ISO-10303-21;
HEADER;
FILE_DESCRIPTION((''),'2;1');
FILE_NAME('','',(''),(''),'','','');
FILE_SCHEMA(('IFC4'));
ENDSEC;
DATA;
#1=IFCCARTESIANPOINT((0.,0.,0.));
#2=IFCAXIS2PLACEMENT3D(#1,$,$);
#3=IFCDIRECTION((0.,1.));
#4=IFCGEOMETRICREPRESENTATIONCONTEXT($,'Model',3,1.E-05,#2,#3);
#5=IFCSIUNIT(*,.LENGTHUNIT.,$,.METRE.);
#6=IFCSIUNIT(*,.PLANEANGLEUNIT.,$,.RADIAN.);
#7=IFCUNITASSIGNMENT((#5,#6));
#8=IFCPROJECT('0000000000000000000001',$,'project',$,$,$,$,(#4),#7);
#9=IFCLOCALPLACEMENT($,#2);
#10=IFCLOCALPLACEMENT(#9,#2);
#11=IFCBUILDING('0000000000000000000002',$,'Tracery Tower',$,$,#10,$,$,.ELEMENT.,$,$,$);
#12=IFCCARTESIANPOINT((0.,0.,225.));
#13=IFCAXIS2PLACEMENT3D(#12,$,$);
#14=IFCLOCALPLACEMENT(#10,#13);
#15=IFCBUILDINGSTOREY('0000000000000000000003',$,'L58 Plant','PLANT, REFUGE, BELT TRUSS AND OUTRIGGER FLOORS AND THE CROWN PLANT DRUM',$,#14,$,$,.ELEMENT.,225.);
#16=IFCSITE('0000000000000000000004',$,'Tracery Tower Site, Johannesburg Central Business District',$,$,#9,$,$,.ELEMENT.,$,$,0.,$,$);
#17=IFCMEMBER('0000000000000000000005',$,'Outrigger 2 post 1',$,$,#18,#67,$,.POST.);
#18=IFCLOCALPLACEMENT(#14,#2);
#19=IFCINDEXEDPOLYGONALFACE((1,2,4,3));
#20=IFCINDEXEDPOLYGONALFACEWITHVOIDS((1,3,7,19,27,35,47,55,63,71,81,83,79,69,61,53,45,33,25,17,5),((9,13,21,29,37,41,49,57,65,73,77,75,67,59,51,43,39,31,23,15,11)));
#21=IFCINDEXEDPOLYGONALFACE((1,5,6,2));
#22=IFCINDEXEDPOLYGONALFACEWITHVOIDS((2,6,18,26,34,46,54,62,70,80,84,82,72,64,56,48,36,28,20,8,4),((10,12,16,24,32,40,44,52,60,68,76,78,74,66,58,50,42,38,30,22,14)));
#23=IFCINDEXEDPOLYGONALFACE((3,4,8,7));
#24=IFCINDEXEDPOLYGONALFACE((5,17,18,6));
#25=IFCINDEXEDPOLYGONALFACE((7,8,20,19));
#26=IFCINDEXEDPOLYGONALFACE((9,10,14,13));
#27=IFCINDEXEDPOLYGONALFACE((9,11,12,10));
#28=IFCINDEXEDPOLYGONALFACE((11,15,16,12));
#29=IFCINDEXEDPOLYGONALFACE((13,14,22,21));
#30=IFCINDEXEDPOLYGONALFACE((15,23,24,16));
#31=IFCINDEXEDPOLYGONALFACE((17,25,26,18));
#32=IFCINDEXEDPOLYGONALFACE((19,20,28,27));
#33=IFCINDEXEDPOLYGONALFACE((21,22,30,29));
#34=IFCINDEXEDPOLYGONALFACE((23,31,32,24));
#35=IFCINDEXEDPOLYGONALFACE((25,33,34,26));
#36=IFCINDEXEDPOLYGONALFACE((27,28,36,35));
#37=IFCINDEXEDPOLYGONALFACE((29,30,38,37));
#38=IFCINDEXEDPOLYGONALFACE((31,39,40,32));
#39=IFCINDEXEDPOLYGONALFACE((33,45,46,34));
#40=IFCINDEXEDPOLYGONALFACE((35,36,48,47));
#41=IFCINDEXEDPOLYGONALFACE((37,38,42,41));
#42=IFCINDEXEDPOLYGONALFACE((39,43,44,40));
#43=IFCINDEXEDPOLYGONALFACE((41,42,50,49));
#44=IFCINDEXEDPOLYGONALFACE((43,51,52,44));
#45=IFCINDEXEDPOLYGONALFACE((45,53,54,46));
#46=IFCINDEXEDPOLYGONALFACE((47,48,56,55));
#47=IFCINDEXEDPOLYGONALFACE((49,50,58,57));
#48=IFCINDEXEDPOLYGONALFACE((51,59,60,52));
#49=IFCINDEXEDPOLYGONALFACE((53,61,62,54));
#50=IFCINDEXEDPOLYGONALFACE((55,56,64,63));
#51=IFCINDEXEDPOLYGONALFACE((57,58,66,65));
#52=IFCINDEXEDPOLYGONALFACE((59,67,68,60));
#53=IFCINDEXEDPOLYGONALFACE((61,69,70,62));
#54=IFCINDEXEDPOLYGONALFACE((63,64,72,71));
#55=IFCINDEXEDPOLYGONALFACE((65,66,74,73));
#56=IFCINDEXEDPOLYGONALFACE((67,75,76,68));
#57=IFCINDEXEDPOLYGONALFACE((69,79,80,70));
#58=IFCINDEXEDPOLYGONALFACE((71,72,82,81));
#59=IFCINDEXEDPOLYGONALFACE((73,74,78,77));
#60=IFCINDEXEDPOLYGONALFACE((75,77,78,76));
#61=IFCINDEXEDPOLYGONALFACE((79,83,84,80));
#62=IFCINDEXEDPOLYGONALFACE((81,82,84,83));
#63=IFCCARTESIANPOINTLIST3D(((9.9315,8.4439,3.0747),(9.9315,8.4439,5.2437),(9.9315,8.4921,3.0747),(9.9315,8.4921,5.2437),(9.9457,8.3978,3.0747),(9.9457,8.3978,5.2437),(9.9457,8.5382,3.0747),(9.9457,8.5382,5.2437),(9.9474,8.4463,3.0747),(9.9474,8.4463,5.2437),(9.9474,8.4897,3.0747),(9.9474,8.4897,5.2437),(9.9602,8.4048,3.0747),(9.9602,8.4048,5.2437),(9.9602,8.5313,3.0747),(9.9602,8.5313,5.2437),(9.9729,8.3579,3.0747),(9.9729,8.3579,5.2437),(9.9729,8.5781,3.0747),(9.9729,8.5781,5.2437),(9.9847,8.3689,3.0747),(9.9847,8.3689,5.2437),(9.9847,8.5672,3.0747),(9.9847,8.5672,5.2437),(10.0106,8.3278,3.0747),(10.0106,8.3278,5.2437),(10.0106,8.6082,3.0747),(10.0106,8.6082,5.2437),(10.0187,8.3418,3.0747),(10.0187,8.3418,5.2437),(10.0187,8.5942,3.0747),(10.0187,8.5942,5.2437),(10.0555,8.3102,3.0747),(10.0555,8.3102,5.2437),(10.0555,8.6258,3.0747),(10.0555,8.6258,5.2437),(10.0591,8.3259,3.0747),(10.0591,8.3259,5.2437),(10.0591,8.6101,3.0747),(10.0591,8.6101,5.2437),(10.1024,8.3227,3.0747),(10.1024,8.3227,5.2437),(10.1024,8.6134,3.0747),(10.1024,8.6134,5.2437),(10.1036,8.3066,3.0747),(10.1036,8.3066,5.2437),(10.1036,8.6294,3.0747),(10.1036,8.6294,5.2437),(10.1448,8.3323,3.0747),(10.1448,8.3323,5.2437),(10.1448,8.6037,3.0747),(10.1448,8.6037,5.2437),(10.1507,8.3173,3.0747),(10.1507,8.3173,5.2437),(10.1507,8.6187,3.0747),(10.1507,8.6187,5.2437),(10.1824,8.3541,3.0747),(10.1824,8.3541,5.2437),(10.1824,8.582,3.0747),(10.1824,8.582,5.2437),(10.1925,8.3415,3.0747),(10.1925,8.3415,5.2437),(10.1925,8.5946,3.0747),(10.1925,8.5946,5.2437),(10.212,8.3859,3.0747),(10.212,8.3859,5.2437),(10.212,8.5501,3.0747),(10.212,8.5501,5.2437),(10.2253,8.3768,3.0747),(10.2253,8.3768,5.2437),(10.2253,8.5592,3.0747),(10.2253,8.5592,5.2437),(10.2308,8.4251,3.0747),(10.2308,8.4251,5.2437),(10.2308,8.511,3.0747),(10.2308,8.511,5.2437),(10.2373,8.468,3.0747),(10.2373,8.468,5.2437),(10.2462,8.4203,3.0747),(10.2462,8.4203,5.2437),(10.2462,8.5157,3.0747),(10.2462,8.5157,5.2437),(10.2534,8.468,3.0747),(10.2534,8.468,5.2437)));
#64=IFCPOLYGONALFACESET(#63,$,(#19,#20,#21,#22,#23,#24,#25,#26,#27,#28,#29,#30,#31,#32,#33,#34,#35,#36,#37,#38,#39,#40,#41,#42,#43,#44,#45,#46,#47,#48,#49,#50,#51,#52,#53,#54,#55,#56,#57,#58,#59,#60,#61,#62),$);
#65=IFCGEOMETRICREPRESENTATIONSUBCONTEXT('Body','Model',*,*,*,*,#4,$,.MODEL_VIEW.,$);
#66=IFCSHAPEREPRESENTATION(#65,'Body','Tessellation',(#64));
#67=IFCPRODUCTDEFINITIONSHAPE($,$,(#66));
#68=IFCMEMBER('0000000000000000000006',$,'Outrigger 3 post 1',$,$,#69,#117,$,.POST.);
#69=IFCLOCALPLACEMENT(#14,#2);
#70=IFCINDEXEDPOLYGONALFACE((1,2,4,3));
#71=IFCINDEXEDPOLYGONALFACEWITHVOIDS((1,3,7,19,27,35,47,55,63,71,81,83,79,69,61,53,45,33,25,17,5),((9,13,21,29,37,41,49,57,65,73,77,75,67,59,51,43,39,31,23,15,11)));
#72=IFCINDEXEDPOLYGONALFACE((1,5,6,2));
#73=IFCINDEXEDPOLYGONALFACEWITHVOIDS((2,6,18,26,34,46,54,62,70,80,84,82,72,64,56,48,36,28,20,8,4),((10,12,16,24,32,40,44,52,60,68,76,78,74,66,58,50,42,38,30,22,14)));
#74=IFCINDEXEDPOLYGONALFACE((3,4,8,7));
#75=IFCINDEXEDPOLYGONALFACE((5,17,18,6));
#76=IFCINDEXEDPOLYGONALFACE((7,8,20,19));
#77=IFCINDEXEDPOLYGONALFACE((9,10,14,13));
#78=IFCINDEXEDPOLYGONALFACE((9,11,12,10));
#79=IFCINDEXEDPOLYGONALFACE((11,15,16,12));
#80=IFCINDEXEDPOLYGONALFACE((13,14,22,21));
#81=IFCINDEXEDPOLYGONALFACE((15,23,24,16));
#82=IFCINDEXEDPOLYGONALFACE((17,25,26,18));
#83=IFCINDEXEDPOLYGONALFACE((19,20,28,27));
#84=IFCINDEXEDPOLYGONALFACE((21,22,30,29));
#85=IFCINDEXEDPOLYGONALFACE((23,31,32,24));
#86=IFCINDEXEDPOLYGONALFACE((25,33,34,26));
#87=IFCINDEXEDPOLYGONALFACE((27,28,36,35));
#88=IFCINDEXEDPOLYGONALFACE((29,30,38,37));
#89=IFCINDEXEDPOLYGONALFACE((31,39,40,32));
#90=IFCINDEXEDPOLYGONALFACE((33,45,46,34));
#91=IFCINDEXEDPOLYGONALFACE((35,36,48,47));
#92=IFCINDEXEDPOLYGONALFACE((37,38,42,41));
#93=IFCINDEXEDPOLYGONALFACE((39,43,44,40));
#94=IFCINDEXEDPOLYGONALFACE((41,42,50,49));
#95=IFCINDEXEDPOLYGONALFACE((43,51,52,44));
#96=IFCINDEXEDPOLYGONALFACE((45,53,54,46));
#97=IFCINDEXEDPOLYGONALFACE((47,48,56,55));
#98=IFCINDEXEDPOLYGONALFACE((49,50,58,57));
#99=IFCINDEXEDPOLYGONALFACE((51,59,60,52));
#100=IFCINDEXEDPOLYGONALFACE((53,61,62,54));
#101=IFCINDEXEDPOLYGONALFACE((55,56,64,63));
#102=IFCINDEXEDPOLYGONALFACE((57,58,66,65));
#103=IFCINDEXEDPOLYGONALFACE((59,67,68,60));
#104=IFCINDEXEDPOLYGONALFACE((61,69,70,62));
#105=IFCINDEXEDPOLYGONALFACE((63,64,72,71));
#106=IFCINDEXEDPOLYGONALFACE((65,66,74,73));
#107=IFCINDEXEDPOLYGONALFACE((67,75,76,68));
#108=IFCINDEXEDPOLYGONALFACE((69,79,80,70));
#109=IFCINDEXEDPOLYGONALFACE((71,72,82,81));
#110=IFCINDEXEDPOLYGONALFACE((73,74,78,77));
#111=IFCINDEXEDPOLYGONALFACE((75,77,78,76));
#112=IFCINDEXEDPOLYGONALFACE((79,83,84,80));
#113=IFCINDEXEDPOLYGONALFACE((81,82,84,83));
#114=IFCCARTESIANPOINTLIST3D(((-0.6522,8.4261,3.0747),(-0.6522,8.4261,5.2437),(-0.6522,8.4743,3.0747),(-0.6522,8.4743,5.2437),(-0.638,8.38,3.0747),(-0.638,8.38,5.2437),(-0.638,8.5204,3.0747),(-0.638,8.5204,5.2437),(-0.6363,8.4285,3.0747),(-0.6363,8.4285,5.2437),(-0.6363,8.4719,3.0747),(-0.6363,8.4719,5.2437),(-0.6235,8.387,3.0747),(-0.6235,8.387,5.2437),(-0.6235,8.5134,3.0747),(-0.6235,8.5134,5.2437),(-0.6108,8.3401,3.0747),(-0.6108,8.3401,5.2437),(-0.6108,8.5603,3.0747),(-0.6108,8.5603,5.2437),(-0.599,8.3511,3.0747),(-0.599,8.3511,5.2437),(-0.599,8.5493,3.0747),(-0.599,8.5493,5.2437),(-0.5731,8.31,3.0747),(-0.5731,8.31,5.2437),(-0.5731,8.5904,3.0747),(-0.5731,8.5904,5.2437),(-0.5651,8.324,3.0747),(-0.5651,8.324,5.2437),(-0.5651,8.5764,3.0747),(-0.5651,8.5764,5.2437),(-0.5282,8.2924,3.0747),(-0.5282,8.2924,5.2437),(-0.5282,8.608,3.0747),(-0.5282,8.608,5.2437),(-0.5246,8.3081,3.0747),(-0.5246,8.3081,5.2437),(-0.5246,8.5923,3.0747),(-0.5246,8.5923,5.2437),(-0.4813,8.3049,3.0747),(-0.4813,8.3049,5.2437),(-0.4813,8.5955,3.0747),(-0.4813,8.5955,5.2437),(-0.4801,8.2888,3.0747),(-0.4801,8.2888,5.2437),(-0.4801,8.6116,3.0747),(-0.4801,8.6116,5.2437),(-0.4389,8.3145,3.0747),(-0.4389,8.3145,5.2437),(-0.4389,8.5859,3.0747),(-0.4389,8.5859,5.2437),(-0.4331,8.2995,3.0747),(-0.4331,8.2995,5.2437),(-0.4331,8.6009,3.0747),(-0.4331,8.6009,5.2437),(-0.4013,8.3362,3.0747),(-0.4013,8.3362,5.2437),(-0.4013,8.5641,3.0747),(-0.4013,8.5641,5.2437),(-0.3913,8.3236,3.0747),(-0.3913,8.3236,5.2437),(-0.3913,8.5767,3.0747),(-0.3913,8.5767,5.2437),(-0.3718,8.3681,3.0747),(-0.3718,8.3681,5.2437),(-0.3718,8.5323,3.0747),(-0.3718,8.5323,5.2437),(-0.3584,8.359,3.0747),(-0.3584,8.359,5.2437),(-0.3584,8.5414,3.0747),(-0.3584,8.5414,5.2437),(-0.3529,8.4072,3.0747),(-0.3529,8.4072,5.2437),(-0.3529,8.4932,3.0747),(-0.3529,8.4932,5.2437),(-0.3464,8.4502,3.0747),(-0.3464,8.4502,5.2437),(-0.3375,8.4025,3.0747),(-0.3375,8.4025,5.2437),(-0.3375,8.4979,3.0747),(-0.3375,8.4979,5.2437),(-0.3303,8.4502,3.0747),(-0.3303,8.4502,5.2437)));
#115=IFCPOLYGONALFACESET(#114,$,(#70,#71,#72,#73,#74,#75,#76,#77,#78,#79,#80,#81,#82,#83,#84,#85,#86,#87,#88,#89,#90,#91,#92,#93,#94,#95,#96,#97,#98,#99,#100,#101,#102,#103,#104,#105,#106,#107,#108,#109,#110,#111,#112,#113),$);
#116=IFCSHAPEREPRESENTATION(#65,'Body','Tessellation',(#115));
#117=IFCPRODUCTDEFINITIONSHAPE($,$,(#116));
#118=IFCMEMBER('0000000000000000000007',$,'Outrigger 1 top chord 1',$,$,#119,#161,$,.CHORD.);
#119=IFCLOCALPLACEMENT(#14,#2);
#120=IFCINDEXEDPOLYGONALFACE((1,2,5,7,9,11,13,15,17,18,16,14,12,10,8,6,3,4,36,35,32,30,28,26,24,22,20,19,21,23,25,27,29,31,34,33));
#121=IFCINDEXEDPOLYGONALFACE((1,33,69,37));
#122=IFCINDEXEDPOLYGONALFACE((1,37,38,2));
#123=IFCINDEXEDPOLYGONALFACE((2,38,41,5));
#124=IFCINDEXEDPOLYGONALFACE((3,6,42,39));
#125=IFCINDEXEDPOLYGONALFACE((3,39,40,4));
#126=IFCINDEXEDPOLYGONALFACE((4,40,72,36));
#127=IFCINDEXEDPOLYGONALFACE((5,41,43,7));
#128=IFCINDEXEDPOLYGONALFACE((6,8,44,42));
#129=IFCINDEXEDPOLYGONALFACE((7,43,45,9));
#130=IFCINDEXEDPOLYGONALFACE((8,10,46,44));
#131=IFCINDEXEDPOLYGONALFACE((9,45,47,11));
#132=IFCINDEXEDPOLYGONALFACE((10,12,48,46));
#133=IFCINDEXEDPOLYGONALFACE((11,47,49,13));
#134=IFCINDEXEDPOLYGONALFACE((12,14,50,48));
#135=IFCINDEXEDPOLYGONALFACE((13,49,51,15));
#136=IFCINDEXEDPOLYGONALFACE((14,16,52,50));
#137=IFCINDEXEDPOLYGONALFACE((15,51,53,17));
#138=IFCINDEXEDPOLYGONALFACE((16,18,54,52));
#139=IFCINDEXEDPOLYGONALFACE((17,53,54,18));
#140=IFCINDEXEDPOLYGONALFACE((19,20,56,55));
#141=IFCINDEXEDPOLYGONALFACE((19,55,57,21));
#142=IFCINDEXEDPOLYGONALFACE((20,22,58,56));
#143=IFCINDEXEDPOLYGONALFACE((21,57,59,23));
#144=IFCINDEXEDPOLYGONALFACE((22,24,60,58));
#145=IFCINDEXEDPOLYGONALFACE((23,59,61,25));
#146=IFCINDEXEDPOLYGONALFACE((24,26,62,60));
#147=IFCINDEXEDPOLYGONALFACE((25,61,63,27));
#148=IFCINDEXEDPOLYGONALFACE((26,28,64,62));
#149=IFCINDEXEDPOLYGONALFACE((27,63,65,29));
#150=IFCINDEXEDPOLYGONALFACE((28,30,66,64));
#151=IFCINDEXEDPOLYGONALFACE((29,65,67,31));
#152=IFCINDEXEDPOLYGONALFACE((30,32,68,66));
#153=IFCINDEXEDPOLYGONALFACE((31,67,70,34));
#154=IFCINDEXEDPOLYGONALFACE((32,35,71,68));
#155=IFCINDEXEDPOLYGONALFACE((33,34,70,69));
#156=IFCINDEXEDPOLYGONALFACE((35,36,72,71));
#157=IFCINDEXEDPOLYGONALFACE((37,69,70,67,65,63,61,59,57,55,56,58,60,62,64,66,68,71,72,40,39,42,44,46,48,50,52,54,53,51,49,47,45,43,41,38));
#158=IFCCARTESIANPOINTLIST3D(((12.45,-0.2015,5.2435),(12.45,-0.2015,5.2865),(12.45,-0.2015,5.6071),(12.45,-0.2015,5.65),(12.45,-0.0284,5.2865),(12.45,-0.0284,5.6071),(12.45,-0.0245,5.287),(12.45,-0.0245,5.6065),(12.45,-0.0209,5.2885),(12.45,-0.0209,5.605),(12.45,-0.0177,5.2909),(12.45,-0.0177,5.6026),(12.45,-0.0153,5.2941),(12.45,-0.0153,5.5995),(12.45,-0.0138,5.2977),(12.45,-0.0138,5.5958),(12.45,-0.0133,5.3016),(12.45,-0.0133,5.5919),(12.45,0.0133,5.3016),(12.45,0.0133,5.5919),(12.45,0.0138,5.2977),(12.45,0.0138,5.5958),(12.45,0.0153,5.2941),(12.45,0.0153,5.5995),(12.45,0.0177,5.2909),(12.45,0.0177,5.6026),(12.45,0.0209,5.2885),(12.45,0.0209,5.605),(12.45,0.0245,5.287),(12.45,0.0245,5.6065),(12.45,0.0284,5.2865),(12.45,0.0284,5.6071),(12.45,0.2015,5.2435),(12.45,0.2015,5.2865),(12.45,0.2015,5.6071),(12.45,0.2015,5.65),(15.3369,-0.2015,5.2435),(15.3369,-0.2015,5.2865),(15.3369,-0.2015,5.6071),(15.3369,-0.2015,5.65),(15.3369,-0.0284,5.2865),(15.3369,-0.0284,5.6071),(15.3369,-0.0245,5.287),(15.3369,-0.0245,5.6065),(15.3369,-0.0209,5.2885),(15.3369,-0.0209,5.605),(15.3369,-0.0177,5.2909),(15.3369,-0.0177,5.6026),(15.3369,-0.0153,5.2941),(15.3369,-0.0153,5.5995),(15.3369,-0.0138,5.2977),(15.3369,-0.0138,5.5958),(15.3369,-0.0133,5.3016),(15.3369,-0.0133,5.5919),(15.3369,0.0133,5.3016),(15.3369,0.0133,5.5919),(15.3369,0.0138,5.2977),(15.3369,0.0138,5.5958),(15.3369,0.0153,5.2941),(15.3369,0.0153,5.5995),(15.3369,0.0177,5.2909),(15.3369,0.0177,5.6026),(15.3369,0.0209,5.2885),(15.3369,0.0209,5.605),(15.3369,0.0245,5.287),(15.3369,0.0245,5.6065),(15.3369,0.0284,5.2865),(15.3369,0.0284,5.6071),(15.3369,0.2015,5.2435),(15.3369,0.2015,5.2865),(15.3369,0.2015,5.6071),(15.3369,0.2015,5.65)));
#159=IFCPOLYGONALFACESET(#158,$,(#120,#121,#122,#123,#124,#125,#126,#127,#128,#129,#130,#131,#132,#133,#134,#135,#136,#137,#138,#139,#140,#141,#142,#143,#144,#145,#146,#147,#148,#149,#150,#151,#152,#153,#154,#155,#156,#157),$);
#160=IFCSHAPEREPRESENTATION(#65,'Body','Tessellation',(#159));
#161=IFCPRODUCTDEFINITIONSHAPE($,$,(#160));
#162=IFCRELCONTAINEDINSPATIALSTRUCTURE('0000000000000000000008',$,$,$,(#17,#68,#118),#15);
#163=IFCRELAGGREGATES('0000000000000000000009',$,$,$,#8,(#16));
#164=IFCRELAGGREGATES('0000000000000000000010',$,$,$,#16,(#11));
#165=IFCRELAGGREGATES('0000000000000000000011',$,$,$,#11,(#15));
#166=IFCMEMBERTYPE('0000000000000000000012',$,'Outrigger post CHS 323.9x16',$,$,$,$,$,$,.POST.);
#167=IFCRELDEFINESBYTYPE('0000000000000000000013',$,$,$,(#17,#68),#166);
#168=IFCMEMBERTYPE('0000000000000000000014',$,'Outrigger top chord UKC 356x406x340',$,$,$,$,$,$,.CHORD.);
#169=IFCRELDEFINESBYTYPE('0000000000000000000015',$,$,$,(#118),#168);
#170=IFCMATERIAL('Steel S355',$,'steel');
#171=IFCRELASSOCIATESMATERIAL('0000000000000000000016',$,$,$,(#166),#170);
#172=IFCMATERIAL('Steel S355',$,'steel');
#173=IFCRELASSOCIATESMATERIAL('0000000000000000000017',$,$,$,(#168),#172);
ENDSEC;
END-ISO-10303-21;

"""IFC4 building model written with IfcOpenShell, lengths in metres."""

from ifc_helpers import new_model, si_unit, direction, frame, origin, origin_2d, place, context, subcontext, project, spatial, hollow_circle, i_section, extrude, material, material_profile, profile_set, type_object, element, save


model = new_model("IFC4")

# Units and contexts
model_context = context("Model", 3, precision=1e-05, world=origin(), true_north=direction((0.0, 1.0)))
body_context = subcontext(model_context, "Body", "Model", "MODEL_VIEW")
ifc_project = project(units=[si_unit("LENGTHUNIT", "METRE"), si_unit("PLANEANGLEUNIT", "RADIAN")], contexts=[model_context])

# Site, building, storey
site_placement = place(None, origin())
site = spatial("IfcSite", under=ifc_project, at=site_placement, Name="Tracery Tower Site, Johannesburg Central Business District", CompositionType="ELEMENT", RefElevation=0.0)
building_placement = place(site_placement, origin())
building = spatial("IfcBuilding", under=site, at=building_placement, Name="Tracery Tower", CompositionType="ELEMENT")
storey_placement = place(building_placement, frame((0.0, 0.0, 225.0)))
storey = spatial("IfcBuildingStorey", under=building, at=storey_placement, Name="L58 Plant", Description="PLANT, REFUGE, BELT TRUSS AND OUTRIGGER FLOORS AND THE CROWN PLANT DRUM", CompositionType="ELEMENT", Elevation=225.0)

# Members
ifc_material_1 = material(Name="Steel S355", Category="steel")
ifc_material_profile_1 = material_profile(ifc_material_1, hollow_circle(Radius=0.1619, WallThickness=0.0161, at=origin_2d()), Name="CHS 323.9x16")
ifc_profile_set_1 = profile_set([ifc_material_profile_1], Name="Steel S355")
member_type_1 = type_object("IfcMemberType", Name="Outrigger post CHS 323.9x16", PredefinedType="POST", material=ifc_profile_set_1)
for number, where, z_axis, x_axis, name in (
    (1, (10.0916, 8.468, 3.0747), (0.0, 0.0, 1.0), (1.0, 0.0, 0.0), "Outrigger 2 post 1"),
    (2, (-0.4922, 8.4502, 3.0747), (0.0, 0.0, 1.0), (1.0, 0.0, 0.0), "Outrigger 3 post 1"),
):
    element("IfcMember", number, at=place(storey_placement, frame(where, z_axis=z_axis, x_axis=x_axis)), inside=storey, type_object=member_type_1, Name=name, PredefinedType="POST", context=body_context, shape_type="SweptSolid", body=[
        extrude(hollow_circle(Radius=0.1619, WallThickness=0.0161, at=origin_2d()), origin(), (0.0, 0.0, 1.0), 2.1689),
    ])
ifc_material_2 = material(Name="Steel S355", Category="steel")
ifc_material_profile_2 = material_profile(ifc_material_2, i_section(OverallWidth=0.4031, OverallDepth=0.4065, WebThickness=0.0266, FlangeThickness=0.043, FilletRadius=0.0151, at=origin_2d()), Name="UKC 356x406x340")
ifc_profile_set_2 = profile_set([ifc_material_profile_2], Name="Steel S355")
member_type_2 = type_object("IfcMemberType", Name="Outrigger top chord UKC 356x406x340", PredefinedType="CHORD", material=ifc_profile_set_2)
member_1_placement = place(storey_placement, frame((12.45, 0.0, 5.4468), z_axis=(1.0, 0.0, 0.0), x_axis=(0.0, 1.0, 0.0)))
element("IfcMember", 3, at=member_1_placement, inside=storey, type_object=member_type_2, Name="Outrigger 1 top chord 1", PredefinedType="CHORD", context=body_context, shape_type="SweptSolid", body=[
    extrude(i_section(OverallWidth=0.4031, OverallDepth=0.4065, WebThickness=0.0266, FlangeThickness=0.043, FilletRadius=0.0151, at=origin_2d()), origin(), (0.0, 0.0, 1.0), 2.887),
])

save(model, "model.ifc")
